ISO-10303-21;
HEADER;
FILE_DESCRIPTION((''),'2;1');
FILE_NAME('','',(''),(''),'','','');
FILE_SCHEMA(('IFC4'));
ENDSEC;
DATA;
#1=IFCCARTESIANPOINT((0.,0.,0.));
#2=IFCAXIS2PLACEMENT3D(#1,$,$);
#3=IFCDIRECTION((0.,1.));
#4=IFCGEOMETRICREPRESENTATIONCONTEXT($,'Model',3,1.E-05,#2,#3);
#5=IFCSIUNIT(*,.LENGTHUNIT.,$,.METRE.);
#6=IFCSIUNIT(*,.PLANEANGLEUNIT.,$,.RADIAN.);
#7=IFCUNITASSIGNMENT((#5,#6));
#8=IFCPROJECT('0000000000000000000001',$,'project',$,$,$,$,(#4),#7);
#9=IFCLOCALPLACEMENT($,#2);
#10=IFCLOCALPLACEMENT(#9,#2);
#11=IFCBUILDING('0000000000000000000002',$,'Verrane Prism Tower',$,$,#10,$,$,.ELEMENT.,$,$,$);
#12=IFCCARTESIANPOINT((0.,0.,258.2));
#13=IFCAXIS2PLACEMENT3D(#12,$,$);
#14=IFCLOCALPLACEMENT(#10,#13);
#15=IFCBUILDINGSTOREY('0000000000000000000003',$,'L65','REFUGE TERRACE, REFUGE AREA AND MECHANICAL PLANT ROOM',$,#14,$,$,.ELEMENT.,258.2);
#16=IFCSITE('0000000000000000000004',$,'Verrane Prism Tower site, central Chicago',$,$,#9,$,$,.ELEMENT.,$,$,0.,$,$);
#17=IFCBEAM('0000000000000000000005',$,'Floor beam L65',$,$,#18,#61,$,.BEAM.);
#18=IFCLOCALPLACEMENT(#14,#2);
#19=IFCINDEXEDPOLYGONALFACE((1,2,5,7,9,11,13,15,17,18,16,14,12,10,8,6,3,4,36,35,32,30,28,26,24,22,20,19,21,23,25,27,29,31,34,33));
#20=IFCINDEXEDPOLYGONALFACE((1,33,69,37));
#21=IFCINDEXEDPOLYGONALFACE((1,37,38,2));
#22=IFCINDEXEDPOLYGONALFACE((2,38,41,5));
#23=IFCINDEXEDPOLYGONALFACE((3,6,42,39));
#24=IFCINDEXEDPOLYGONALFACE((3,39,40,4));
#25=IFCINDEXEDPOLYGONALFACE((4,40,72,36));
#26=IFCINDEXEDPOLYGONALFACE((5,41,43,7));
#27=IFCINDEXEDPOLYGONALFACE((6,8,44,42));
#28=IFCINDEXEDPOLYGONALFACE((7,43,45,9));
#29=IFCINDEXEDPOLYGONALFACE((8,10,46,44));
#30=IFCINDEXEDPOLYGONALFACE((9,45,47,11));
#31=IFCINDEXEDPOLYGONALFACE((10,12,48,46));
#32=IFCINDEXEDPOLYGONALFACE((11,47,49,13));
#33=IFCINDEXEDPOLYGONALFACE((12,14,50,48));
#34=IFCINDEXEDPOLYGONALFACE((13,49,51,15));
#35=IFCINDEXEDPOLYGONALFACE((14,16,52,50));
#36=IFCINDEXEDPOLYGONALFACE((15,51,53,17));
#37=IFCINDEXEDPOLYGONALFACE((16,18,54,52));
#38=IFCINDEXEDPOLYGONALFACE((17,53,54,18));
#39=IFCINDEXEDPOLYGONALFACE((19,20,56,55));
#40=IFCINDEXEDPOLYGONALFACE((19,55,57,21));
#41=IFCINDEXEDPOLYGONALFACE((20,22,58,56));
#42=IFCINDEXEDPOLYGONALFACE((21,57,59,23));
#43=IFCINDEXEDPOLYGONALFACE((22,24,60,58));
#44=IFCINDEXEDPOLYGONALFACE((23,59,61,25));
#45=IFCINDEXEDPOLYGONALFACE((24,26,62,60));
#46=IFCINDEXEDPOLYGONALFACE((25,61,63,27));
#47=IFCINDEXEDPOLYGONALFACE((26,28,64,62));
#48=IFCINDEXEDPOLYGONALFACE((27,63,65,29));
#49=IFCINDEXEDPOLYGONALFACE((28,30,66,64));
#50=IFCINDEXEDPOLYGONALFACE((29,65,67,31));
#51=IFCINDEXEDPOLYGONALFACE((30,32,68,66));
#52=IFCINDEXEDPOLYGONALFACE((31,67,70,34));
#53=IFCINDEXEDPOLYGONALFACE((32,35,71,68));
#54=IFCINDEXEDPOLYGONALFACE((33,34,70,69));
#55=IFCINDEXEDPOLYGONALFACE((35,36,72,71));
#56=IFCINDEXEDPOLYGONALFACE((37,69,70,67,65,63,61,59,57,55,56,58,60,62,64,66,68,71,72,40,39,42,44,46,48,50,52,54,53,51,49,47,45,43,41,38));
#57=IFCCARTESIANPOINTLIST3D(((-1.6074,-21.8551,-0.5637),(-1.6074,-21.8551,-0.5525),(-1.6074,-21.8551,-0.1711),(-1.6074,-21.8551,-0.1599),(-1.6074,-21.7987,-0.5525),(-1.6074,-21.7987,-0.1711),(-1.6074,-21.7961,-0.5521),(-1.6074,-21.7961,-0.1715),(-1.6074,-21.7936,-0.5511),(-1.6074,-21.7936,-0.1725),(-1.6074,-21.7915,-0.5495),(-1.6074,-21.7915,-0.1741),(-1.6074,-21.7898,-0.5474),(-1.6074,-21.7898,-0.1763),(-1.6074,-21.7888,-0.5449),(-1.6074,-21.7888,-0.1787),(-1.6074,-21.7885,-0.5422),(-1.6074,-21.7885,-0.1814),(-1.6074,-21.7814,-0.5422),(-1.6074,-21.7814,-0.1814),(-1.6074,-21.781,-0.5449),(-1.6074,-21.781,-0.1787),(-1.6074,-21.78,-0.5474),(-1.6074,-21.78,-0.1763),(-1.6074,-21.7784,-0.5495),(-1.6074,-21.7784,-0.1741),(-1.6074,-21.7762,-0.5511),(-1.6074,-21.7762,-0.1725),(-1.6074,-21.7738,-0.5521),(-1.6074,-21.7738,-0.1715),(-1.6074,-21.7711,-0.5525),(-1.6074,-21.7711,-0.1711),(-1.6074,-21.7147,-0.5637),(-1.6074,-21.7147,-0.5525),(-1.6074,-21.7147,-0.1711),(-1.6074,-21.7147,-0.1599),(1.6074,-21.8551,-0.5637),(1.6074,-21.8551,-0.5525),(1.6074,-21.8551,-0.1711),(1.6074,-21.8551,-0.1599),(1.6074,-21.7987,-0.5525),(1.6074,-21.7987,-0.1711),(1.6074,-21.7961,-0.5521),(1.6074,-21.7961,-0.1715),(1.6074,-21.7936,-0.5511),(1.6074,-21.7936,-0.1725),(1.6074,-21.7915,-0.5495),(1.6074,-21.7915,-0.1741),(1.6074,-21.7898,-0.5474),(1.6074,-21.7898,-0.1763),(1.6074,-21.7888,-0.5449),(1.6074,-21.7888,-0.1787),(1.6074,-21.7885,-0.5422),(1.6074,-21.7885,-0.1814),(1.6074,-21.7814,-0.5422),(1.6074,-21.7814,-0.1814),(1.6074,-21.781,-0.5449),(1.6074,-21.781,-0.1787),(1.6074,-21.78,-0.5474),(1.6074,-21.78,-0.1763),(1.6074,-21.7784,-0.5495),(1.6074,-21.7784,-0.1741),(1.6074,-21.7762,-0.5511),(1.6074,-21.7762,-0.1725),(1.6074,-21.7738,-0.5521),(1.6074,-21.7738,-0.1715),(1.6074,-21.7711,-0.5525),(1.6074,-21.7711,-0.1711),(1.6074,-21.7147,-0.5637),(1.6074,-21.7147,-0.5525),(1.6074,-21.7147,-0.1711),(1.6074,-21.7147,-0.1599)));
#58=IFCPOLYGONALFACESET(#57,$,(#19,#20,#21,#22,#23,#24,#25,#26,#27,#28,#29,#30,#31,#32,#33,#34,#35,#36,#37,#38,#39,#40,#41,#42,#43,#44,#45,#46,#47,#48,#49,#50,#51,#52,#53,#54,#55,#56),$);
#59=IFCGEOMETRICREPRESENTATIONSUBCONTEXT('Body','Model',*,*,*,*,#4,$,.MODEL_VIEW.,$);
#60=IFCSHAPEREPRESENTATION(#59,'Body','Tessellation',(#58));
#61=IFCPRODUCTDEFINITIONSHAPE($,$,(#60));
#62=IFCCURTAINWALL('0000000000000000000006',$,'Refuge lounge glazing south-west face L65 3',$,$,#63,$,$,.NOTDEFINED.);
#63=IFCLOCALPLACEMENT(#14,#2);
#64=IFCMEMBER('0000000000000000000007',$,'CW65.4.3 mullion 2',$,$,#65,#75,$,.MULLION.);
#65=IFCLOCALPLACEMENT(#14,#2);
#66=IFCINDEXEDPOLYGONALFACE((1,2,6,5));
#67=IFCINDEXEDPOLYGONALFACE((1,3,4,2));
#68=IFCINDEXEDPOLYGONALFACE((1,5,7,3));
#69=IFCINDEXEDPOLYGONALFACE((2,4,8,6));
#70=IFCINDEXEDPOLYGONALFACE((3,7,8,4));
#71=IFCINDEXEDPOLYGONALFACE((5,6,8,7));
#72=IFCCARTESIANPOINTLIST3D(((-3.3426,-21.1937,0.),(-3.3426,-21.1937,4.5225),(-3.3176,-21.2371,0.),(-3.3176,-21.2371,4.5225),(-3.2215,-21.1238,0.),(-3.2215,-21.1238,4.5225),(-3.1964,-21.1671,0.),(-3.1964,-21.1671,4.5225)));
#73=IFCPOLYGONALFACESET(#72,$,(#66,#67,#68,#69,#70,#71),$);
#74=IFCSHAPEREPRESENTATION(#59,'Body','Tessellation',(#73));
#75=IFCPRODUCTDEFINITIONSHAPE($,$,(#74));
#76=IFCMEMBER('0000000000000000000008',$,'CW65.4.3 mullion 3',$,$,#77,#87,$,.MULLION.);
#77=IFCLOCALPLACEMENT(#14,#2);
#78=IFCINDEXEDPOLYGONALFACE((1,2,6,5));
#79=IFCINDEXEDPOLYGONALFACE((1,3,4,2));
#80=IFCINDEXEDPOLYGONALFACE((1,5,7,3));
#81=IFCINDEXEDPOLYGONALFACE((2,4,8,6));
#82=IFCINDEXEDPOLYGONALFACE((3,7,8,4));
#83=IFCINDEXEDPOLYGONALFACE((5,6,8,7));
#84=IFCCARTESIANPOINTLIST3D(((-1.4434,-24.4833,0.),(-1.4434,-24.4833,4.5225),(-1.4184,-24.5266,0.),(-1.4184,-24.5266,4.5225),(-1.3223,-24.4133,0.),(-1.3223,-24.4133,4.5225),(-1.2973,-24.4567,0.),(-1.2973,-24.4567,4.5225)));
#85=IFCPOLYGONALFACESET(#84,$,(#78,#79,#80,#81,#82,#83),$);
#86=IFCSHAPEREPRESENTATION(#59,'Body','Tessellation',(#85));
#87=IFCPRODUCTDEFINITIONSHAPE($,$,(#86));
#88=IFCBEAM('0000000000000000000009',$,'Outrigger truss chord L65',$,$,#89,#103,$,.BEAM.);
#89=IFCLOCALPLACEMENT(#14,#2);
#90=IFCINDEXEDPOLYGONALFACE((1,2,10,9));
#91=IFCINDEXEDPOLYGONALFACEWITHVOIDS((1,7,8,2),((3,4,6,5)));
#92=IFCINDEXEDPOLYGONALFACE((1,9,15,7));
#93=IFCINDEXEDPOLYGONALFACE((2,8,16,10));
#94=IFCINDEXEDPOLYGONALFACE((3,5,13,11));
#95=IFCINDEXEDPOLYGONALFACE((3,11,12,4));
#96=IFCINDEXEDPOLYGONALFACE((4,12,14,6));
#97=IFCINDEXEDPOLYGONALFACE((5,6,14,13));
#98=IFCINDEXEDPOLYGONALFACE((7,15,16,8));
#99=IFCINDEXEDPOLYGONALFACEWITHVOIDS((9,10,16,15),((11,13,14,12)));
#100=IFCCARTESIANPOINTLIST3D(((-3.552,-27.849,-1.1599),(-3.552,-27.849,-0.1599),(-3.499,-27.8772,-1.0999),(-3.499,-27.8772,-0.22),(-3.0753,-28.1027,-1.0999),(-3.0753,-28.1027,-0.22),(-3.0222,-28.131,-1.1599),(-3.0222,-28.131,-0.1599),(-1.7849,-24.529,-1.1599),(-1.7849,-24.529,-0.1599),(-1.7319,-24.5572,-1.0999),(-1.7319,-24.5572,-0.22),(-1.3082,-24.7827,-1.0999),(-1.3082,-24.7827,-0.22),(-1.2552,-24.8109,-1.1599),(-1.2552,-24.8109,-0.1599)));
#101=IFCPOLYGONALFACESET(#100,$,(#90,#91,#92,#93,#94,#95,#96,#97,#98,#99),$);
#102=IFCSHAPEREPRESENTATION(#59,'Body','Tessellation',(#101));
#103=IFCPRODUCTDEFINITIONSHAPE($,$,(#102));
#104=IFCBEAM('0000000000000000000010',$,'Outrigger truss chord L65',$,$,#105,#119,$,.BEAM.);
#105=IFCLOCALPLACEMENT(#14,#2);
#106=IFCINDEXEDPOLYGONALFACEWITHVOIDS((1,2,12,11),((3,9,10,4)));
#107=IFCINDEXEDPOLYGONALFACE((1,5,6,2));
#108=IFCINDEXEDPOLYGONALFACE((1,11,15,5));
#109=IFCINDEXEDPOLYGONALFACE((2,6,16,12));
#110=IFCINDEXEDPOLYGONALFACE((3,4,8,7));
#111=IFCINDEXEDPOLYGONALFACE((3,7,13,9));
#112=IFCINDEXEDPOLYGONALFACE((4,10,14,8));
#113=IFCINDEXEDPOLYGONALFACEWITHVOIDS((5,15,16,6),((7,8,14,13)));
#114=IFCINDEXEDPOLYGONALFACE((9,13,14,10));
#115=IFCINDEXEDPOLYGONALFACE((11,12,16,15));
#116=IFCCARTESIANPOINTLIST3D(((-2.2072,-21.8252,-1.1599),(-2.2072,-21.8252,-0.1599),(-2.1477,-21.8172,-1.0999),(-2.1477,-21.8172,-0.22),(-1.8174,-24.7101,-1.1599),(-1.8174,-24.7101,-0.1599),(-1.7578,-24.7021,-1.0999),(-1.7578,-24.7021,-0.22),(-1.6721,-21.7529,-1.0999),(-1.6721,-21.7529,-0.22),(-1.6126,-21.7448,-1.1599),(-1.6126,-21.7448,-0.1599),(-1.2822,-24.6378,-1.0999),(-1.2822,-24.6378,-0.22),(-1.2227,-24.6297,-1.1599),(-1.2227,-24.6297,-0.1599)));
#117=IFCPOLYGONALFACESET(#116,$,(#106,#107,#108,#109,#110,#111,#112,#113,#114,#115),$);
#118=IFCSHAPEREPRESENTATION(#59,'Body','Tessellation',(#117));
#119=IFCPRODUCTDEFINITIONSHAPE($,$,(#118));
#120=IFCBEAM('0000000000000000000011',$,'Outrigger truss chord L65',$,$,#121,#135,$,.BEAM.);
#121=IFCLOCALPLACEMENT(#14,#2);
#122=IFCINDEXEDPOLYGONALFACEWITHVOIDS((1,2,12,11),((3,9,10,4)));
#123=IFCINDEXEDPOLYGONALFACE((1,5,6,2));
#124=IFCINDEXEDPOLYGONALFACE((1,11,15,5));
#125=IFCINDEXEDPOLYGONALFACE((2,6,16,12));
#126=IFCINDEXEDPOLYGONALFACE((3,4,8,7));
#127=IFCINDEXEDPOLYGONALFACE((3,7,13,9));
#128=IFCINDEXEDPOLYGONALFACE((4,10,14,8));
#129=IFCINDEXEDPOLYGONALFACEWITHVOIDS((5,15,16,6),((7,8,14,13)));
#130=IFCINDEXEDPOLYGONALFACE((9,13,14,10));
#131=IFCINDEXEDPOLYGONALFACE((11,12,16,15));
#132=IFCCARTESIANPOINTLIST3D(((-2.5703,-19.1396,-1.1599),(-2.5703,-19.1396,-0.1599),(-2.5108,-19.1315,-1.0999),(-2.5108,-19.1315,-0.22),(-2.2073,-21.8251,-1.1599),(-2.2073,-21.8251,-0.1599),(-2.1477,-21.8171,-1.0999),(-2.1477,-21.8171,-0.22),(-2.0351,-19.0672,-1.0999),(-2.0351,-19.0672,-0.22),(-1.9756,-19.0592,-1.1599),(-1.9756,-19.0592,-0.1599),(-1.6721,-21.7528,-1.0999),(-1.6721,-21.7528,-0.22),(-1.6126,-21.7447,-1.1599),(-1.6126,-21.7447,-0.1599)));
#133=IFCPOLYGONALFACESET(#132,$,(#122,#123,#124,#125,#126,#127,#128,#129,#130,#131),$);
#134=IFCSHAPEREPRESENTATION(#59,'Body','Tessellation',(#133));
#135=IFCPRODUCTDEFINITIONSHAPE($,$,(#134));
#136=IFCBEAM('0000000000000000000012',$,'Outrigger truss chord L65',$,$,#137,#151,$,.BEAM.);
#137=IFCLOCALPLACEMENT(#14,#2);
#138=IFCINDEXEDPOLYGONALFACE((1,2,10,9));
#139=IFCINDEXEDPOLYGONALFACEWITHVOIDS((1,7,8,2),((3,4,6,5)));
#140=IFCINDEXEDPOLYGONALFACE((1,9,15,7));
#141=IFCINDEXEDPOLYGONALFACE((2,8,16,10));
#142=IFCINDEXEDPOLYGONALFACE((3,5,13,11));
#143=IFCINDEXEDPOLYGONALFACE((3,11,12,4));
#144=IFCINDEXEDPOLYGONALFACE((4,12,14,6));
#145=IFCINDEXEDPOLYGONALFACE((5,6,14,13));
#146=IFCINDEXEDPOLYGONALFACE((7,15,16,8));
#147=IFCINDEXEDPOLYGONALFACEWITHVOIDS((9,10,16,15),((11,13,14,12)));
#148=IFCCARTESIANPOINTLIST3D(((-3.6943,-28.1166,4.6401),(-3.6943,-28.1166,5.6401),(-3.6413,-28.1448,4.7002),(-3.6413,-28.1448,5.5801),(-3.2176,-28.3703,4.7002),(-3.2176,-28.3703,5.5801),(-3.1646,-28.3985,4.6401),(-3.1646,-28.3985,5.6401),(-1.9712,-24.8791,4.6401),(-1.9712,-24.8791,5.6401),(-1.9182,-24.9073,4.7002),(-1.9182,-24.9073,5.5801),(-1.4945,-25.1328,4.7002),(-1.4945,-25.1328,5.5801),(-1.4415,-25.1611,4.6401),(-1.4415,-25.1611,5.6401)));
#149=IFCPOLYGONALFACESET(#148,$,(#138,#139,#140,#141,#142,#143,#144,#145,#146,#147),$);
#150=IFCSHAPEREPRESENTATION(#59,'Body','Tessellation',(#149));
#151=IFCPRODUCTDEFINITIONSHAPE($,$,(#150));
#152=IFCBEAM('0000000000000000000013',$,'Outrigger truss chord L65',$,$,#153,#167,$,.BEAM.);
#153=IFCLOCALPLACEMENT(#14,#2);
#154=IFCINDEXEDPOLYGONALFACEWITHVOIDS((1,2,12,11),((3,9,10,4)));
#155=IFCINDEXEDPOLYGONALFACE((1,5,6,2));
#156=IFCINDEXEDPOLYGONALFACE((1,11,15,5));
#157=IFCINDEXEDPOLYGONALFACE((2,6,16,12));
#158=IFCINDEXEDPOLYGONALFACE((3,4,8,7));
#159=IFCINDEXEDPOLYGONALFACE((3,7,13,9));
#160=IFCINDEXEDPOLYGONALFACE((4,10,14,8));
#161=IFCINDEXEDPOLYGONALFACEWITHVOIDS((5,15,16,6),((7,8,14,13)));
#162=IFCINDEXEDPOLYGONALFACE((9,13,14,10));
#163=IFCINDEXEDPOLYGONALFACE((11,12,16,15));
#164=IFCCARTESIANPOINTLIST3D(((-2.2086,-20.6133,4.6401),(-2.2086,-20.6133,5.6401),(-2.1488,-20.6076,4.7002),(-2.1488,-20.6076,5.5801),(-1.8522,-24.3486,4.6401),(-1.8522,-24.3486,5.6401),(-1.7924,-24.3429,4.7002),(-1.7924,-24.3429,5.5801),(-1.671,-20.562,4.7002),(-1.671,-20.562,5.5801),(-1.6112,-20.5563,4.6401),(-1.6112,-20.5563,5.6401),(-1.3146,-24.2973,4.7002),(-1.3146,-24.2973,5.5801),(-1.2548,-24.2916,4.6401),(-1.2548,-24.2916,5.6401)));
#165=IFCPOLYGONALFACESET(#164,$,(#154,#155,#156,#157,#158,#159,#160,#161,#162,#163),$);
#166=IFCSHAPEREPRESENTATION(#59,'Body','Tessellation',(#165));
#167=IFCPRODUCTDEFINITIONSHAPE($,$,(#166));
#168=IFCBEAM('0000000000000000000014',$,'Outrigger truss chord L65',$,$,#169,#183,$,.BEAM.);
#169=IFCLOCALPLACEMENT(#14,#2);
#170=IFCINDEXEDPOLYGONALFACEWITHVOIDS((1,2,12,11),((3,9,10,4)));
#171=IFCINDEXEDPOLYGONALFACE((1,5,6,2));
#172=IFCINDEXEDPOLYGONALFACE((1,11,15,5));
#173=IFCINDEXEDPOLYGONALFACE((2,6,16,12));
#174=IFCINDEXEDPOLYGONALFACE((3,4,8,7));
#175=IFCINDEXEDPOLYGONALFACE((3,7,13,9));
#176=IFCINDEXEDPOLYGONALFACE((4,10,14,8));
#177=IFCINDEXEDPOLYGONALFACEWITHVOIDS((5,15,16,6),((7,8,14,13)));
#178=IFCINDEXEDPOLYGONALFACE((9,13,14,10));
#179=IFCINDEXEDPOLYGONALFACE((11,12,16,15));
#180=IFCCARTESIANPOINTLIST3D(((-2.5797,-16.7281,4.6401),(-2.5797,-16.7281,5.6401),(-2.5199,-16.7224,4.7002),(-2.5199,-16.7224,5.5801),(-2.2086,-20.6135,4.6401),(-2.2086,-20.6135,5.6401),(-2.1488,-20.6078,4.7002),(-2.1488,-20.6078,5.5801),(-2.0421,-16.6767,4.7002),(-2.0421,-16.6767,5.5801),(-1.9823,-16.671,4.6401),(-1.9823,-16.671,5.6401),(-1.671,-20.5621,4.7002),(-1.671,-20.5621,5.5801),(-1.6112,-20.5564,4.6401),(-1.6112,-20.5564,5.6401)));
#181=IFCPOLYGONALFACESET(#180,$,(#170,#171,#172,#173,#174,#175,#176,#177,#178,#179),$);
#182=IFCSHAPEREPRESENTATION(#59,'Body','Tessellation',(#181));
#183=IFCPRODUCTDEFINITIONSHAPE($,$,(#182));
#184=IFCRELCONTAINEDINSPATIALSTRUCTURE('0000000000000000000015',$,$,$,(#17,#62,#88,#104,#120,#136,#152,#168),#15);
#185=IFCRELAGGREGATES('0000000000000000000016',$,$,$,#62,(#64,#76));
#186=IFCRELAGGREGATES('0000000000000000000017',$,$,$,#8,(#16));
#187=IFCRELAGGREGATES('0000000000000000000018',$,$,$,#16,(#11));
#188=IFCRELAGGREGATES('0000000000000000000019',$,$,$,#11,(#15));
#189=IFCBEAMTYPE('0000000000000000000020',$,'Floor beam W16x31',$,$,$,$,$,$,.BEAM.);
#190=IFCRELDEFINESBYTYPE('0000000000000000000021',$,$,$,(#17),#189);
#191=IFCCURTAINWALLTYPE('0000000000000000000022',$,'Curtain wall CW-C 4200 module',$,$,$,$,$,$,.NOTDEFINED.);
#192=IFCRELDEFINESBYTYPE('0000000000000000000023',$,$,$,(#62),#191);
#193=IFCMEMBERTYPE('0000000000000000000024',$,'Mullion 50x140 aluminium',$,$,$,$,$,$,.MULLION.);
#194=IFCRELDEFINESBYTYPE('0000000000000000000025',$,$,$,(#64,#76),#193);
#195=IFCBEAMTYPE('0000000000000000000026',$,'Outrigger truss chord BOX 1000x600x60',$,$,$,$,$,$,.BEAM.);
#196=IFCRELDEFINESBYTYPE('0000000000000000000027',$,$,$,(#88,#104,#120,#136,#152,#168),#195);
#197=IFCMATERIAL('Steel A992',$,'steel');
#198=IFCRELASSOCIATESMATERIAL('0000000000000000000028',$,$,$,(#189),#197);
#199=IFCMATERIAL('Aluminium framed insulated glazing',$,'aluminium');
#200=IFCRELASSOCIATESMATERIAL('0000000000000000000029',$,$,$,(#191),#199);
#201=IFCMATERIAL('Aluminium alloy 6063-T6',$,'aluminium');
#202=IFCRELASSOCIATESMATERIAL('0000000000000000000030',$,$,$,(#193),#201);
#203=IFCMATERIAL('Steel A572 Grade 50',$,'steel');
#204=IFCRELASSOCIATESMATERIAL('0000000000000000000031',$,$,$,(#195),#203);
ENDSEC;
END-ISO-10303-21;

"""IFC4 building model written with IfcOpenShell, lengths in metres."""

from ifc_helpers import new_model, si_unit, direction, frame, origin, origin_2d, place, context, subcontext, project, spatial, rectangle, hollow_rectangle, i_section, extrude, material, material_profile, profile_set, type_object, element, aggregate, save


model = new_model("IFC4")

# Units and contexts
model_context = context("Model", 3, precision=1e-05, world=origin(), true_north=direction((0.0, 1.0)))
body_context = subcontext(model_context, "Body", "Model", "MODEL_VIEW")
ifc_project = project(units=[si_unit("LENGTHUNIT", "METRE"), si_unit("PLANEANGLEUNIT", "RADIAN")], contexts=[model_context])

# Site, building, storey
site_placement = place(None, origin())
site = spatial("IfcSite", under=ifc_project, at=site_placement, Name="Verrane Prism Tower site, central Chicago", CompositionType="ELEMENT", RefElevation=0.0)
building_placement = place(site_placement, origin())
building = spatial("IfcBuilding", under=site, at=building_placement, Name="Verrane Prism Tower", CompositionType="ELEMENT")
storey_placement = place(building_placement, frame((0.0, 0.0, 258.2)))
storey = spatial("IfcBuildingStorey", under=building, at=storey_placement, Name="L65", Description="REFUGE TERRACE, REFUGE AREA AND MECHANICAL PLANT ROOM", CompositionType="ELEMENT", Elevation=258.2)

# Beam
ifc_material_1 = material(Name="Steel A992", Category="steel")
ifc_material_profile_1 = material_profile(ifc_material_1, i_section(OverallWidth=0.1404, OverallDepth=0.4038, WebThickness=0.0071, FlangeThickness=0.0112, FilletRadius=0.0103, at=origin_2d()), Name="W16x31")
ifc_profile_set_1 = profile_set([ifc_material_profile_1], Name="Steel A992")
beam_type_1 = type_object("IfcBeamType", Name="Floor beam W16x31", PredefinedType="BEAM", material=ifc_profile_set_1)
beam_1_placement = place(storey_placement, frame((-1.6074, -21.7849, -0.3618), z_axis=(1.0, 0.0, 0.0), x_axis=(0.0, 1.0, 0.0)))
element("IfcBeam", 1, at=beam_1_placement, inside=storey, type_object=beam_type_1, Name="Floor beam L65", PredefinedType="BEAM", context=body_context, shape_type="SweptSolid", body=[
    extrude(i_section(OverallWidth=0.1404, OverallDepth=0.4038, WebThickness=0.0071, FlangeThickness=0.0112, FilletRadius=0.0103, at=origin_2d()), origin(), (0.0, 0.0, 1.0), 3.2148),
])

# Curtain wall, members
ifc_material_2 = material(Name="Aluminium framed insulated glazing", Category="aluminium")
curtain_wall_type = type_object("IfcCurtainWallType", Name="Curtain wall CW-C 4200 module", PredefinedType="NOTDEFINED", material=ifc_material_2)
curtain_wall_placement = place(storey_placement, origin())
curtain_wall = element("IfcCurtainWall", 2, at=curtain_wall_placement, inside=storey, type_object=curtain_wall_type, Name="Refuge lounge glazing south-west face L65 3", PredefinedType="NOTDEFINED")
ifc_material_3 = material(Name="Aluminium alloy 6063-T6", Category="aluminium")
ifc_material_profile_2 = material_profile(ifc_material_3, rectangle(XDim=0.1399, YDim=0.05, at=origin_2d()), Name="Mullion 50x140 aluminium")
ifc_profile_set_2 = profile_set([ifc_material_profile_2], Name="Aluminium alloy 6063-T6")
member_type_1 = type_object("IfcMemberType", Name="Mullion 50x140 aluminium", PredefinedType="MULLION", material=ifc_profile_set_2)
member_1_placement = place(storey_placement, frame((-3.2695, -21.1804, 0.0), z_axis=(0.0, 0.0, 1.0), x_axis=(0.866025, 0.500001, 0.0)))
member_1 = element("IfcMember", 3, at=member_1_placement, type_object=member_type_1, Name="CW65.4.3 mullion 2", PredefinedType="MULLION", context=body_context, shape_type="SweptSolid", body=[
    extrude(rectangle(XDim=0.1399, YDim=0.05, at=origin_2d()), origin(), (0.0, 0.0, 1.0), 4.5225),
])
member_2_placement = place(storey_placement, frame((-1.3704, -24.47, 0.0), z_axis=(0.0, 0.0, 1.0), x_axis=(0.866025, 0.500001, 0.0)))
member_2 = element("IfcMember", 4, at=member_2_placement, type_object=member_type_1, Name="CW65.4.3 mullion 3", PredefinedType="MULLION", context=body_context, shape_type="SweptSolid", body=[
    extrude(rectangle(XDim=0.1399, YDim=0.05, at=origin_2d()), origin(), (0.0, 0.0, 1.0), 4.5225),
])

# Beams
ifc_material_4 = material(Name="Steel A572 Grade 50", Category="steel")
ifc_material_profile_3 = material_profile(ifc_material_4, hollow_rectangle(XDim=0.6001, YDim=1.0, WallThickness=0.0601, at=origin_2d()), Name="BOX 1000x600x60")
ifc_profile_set_3 = profile_set([ifc_material_profile_3], Name="Steel A572 Grade 50")
beam_type_2 = type_object("IfcBeamType", Name="Outrigger truss chord BOX 1000x600x60", PredefinedType="BEAM", material=ifc_profile_set_3)
beam_2_placement = place(storey_placement, frame((-3.2871, -27.99, -0.6599), z_axis=(0.46984, 0.882752, 0.0), x_axis=(-0.882752, 0.46984, 0.0)))
element("IfcBeam", 5, at=beam_2_placement, inside=storey, type_object=beam_type_2, Name="Outrigger truss chord L65", PredefinedType="BEAM", context=body_context, shape_type="SweptSolid", body=[
    extrude(hollow_rectangle(XDim=0.6001, YDim=1.0, WallThickness=0.0601, at=origin_2d()), origin(), (0.0, 0.0, 1.0), 3.761),
])
beam_3_placement = place(storey_placement, frame((-1.52, -24.6699, -0.6599), z_axis=(-0.133927, 0.990991, 0.0), x_axis=(-0.990991, -0.133927, 0.0)))
element("IfcBeam", 6, at=beam_3_placement, inside=storey, type_object=beam_type_2, Name="Outrigger truss chord L65", PredefinedType="BEAM", context=body_context, shape_type="SweptSolid", body=[
    extrude(hollow_rectangle(XDim=0.6001, YDim=1.0, WallThickness=0.0601, at=origin_2d()), origin(), (0.0, 0.0, 1.0), 2.9111),
])
beam_4_placement = place(storey_placement, frame((-1.9099, -21.7849, -0.6599), z_axis=(-0.133963, 0.990986, 0.0), x_axis=(-0.990986, -0.133963, 0.0)))
element("IfcBeam", 7, at=beam_4_placement, inside=storey, type_object=beam_type_2, Name="Outrigger truss chord L65", PredefinedType="BEAM", context=body_context, shape_type="SweptSolid", body=[
    extrude(hollow_rectangle(XDim=0.6001, YDim=1.0, WallThickness=0.0601, at=origin_2d()), origin(), (0.0, 0.0, 1.0), 2.71),
])
beam_5_placement = place(storey_placement, frame((-3.4294, -28.2576, 5.1401), z_axis=(0.469835, 0.882754, 0.0), x_axis=(-0.882754, 0.469835, 0.0)))
element("IfcBeam", 8, at=beam_5_placement, inside=storey, type_object=beam_type_2, Name="Outrigger truss chord L65", PredefinedType="BEAM", context=body_context, shape_type="SweptSolid", body=[
    extrude(hollow_rectangle(XDim=0.6001, YDim=1.0, WallThickness=0.0601, at=origin_2d()), origin(), (0.0, 0.0, 1.0), 3.6675),
])
beam_6_placement = place(storey_placement, frame((-1.5535, -24.3201, 5.1401), z_axis=(-0.094999, 0.995477, 0.0), x_axis=(-0.995477, -0.094999, 0.0)))
element("IfcBeam", 9, at=beam_6_placement, inside=storey, type_object=beam_type_2, Name="Outrigger truss chord L65", PredefinedType="BEAM", context=body_context, shape_type="SweptSolid", body=[
    extrude(hollow_rectangle(XDim=0.6001, YDim=1.0, WallThickness=0.0601, at=origin_2d()), origin(), (0.0, 0.0, 1.0), 3.7522),
])
beam_7_placement = place(storey_placement, frame((-1.9099, -20.585, 5.1401), z_axis=(-0.095075, 0.99547, 0.0), x_axis=(-0.99547, -0.095075, 0.0)))
element("IfcBeam", 10, at=beam_7_placement, inside=storey, type_object=beam_type_2, Name="Outrigger truss chord L65", PredefinedType="BEAM", context=body_context, shape_type="SweptSolid", body=[
    extrude(hollow_rectangle(XDim=0.6001, YDim=1.0, WallThickness=0.0601, at=origin_2d()), origin(), (0.0, 0.0, 1.0), 3.9031),
])

aggregate(curtain_wall, [member_1, member_2])

save(model, "model.ifc")
